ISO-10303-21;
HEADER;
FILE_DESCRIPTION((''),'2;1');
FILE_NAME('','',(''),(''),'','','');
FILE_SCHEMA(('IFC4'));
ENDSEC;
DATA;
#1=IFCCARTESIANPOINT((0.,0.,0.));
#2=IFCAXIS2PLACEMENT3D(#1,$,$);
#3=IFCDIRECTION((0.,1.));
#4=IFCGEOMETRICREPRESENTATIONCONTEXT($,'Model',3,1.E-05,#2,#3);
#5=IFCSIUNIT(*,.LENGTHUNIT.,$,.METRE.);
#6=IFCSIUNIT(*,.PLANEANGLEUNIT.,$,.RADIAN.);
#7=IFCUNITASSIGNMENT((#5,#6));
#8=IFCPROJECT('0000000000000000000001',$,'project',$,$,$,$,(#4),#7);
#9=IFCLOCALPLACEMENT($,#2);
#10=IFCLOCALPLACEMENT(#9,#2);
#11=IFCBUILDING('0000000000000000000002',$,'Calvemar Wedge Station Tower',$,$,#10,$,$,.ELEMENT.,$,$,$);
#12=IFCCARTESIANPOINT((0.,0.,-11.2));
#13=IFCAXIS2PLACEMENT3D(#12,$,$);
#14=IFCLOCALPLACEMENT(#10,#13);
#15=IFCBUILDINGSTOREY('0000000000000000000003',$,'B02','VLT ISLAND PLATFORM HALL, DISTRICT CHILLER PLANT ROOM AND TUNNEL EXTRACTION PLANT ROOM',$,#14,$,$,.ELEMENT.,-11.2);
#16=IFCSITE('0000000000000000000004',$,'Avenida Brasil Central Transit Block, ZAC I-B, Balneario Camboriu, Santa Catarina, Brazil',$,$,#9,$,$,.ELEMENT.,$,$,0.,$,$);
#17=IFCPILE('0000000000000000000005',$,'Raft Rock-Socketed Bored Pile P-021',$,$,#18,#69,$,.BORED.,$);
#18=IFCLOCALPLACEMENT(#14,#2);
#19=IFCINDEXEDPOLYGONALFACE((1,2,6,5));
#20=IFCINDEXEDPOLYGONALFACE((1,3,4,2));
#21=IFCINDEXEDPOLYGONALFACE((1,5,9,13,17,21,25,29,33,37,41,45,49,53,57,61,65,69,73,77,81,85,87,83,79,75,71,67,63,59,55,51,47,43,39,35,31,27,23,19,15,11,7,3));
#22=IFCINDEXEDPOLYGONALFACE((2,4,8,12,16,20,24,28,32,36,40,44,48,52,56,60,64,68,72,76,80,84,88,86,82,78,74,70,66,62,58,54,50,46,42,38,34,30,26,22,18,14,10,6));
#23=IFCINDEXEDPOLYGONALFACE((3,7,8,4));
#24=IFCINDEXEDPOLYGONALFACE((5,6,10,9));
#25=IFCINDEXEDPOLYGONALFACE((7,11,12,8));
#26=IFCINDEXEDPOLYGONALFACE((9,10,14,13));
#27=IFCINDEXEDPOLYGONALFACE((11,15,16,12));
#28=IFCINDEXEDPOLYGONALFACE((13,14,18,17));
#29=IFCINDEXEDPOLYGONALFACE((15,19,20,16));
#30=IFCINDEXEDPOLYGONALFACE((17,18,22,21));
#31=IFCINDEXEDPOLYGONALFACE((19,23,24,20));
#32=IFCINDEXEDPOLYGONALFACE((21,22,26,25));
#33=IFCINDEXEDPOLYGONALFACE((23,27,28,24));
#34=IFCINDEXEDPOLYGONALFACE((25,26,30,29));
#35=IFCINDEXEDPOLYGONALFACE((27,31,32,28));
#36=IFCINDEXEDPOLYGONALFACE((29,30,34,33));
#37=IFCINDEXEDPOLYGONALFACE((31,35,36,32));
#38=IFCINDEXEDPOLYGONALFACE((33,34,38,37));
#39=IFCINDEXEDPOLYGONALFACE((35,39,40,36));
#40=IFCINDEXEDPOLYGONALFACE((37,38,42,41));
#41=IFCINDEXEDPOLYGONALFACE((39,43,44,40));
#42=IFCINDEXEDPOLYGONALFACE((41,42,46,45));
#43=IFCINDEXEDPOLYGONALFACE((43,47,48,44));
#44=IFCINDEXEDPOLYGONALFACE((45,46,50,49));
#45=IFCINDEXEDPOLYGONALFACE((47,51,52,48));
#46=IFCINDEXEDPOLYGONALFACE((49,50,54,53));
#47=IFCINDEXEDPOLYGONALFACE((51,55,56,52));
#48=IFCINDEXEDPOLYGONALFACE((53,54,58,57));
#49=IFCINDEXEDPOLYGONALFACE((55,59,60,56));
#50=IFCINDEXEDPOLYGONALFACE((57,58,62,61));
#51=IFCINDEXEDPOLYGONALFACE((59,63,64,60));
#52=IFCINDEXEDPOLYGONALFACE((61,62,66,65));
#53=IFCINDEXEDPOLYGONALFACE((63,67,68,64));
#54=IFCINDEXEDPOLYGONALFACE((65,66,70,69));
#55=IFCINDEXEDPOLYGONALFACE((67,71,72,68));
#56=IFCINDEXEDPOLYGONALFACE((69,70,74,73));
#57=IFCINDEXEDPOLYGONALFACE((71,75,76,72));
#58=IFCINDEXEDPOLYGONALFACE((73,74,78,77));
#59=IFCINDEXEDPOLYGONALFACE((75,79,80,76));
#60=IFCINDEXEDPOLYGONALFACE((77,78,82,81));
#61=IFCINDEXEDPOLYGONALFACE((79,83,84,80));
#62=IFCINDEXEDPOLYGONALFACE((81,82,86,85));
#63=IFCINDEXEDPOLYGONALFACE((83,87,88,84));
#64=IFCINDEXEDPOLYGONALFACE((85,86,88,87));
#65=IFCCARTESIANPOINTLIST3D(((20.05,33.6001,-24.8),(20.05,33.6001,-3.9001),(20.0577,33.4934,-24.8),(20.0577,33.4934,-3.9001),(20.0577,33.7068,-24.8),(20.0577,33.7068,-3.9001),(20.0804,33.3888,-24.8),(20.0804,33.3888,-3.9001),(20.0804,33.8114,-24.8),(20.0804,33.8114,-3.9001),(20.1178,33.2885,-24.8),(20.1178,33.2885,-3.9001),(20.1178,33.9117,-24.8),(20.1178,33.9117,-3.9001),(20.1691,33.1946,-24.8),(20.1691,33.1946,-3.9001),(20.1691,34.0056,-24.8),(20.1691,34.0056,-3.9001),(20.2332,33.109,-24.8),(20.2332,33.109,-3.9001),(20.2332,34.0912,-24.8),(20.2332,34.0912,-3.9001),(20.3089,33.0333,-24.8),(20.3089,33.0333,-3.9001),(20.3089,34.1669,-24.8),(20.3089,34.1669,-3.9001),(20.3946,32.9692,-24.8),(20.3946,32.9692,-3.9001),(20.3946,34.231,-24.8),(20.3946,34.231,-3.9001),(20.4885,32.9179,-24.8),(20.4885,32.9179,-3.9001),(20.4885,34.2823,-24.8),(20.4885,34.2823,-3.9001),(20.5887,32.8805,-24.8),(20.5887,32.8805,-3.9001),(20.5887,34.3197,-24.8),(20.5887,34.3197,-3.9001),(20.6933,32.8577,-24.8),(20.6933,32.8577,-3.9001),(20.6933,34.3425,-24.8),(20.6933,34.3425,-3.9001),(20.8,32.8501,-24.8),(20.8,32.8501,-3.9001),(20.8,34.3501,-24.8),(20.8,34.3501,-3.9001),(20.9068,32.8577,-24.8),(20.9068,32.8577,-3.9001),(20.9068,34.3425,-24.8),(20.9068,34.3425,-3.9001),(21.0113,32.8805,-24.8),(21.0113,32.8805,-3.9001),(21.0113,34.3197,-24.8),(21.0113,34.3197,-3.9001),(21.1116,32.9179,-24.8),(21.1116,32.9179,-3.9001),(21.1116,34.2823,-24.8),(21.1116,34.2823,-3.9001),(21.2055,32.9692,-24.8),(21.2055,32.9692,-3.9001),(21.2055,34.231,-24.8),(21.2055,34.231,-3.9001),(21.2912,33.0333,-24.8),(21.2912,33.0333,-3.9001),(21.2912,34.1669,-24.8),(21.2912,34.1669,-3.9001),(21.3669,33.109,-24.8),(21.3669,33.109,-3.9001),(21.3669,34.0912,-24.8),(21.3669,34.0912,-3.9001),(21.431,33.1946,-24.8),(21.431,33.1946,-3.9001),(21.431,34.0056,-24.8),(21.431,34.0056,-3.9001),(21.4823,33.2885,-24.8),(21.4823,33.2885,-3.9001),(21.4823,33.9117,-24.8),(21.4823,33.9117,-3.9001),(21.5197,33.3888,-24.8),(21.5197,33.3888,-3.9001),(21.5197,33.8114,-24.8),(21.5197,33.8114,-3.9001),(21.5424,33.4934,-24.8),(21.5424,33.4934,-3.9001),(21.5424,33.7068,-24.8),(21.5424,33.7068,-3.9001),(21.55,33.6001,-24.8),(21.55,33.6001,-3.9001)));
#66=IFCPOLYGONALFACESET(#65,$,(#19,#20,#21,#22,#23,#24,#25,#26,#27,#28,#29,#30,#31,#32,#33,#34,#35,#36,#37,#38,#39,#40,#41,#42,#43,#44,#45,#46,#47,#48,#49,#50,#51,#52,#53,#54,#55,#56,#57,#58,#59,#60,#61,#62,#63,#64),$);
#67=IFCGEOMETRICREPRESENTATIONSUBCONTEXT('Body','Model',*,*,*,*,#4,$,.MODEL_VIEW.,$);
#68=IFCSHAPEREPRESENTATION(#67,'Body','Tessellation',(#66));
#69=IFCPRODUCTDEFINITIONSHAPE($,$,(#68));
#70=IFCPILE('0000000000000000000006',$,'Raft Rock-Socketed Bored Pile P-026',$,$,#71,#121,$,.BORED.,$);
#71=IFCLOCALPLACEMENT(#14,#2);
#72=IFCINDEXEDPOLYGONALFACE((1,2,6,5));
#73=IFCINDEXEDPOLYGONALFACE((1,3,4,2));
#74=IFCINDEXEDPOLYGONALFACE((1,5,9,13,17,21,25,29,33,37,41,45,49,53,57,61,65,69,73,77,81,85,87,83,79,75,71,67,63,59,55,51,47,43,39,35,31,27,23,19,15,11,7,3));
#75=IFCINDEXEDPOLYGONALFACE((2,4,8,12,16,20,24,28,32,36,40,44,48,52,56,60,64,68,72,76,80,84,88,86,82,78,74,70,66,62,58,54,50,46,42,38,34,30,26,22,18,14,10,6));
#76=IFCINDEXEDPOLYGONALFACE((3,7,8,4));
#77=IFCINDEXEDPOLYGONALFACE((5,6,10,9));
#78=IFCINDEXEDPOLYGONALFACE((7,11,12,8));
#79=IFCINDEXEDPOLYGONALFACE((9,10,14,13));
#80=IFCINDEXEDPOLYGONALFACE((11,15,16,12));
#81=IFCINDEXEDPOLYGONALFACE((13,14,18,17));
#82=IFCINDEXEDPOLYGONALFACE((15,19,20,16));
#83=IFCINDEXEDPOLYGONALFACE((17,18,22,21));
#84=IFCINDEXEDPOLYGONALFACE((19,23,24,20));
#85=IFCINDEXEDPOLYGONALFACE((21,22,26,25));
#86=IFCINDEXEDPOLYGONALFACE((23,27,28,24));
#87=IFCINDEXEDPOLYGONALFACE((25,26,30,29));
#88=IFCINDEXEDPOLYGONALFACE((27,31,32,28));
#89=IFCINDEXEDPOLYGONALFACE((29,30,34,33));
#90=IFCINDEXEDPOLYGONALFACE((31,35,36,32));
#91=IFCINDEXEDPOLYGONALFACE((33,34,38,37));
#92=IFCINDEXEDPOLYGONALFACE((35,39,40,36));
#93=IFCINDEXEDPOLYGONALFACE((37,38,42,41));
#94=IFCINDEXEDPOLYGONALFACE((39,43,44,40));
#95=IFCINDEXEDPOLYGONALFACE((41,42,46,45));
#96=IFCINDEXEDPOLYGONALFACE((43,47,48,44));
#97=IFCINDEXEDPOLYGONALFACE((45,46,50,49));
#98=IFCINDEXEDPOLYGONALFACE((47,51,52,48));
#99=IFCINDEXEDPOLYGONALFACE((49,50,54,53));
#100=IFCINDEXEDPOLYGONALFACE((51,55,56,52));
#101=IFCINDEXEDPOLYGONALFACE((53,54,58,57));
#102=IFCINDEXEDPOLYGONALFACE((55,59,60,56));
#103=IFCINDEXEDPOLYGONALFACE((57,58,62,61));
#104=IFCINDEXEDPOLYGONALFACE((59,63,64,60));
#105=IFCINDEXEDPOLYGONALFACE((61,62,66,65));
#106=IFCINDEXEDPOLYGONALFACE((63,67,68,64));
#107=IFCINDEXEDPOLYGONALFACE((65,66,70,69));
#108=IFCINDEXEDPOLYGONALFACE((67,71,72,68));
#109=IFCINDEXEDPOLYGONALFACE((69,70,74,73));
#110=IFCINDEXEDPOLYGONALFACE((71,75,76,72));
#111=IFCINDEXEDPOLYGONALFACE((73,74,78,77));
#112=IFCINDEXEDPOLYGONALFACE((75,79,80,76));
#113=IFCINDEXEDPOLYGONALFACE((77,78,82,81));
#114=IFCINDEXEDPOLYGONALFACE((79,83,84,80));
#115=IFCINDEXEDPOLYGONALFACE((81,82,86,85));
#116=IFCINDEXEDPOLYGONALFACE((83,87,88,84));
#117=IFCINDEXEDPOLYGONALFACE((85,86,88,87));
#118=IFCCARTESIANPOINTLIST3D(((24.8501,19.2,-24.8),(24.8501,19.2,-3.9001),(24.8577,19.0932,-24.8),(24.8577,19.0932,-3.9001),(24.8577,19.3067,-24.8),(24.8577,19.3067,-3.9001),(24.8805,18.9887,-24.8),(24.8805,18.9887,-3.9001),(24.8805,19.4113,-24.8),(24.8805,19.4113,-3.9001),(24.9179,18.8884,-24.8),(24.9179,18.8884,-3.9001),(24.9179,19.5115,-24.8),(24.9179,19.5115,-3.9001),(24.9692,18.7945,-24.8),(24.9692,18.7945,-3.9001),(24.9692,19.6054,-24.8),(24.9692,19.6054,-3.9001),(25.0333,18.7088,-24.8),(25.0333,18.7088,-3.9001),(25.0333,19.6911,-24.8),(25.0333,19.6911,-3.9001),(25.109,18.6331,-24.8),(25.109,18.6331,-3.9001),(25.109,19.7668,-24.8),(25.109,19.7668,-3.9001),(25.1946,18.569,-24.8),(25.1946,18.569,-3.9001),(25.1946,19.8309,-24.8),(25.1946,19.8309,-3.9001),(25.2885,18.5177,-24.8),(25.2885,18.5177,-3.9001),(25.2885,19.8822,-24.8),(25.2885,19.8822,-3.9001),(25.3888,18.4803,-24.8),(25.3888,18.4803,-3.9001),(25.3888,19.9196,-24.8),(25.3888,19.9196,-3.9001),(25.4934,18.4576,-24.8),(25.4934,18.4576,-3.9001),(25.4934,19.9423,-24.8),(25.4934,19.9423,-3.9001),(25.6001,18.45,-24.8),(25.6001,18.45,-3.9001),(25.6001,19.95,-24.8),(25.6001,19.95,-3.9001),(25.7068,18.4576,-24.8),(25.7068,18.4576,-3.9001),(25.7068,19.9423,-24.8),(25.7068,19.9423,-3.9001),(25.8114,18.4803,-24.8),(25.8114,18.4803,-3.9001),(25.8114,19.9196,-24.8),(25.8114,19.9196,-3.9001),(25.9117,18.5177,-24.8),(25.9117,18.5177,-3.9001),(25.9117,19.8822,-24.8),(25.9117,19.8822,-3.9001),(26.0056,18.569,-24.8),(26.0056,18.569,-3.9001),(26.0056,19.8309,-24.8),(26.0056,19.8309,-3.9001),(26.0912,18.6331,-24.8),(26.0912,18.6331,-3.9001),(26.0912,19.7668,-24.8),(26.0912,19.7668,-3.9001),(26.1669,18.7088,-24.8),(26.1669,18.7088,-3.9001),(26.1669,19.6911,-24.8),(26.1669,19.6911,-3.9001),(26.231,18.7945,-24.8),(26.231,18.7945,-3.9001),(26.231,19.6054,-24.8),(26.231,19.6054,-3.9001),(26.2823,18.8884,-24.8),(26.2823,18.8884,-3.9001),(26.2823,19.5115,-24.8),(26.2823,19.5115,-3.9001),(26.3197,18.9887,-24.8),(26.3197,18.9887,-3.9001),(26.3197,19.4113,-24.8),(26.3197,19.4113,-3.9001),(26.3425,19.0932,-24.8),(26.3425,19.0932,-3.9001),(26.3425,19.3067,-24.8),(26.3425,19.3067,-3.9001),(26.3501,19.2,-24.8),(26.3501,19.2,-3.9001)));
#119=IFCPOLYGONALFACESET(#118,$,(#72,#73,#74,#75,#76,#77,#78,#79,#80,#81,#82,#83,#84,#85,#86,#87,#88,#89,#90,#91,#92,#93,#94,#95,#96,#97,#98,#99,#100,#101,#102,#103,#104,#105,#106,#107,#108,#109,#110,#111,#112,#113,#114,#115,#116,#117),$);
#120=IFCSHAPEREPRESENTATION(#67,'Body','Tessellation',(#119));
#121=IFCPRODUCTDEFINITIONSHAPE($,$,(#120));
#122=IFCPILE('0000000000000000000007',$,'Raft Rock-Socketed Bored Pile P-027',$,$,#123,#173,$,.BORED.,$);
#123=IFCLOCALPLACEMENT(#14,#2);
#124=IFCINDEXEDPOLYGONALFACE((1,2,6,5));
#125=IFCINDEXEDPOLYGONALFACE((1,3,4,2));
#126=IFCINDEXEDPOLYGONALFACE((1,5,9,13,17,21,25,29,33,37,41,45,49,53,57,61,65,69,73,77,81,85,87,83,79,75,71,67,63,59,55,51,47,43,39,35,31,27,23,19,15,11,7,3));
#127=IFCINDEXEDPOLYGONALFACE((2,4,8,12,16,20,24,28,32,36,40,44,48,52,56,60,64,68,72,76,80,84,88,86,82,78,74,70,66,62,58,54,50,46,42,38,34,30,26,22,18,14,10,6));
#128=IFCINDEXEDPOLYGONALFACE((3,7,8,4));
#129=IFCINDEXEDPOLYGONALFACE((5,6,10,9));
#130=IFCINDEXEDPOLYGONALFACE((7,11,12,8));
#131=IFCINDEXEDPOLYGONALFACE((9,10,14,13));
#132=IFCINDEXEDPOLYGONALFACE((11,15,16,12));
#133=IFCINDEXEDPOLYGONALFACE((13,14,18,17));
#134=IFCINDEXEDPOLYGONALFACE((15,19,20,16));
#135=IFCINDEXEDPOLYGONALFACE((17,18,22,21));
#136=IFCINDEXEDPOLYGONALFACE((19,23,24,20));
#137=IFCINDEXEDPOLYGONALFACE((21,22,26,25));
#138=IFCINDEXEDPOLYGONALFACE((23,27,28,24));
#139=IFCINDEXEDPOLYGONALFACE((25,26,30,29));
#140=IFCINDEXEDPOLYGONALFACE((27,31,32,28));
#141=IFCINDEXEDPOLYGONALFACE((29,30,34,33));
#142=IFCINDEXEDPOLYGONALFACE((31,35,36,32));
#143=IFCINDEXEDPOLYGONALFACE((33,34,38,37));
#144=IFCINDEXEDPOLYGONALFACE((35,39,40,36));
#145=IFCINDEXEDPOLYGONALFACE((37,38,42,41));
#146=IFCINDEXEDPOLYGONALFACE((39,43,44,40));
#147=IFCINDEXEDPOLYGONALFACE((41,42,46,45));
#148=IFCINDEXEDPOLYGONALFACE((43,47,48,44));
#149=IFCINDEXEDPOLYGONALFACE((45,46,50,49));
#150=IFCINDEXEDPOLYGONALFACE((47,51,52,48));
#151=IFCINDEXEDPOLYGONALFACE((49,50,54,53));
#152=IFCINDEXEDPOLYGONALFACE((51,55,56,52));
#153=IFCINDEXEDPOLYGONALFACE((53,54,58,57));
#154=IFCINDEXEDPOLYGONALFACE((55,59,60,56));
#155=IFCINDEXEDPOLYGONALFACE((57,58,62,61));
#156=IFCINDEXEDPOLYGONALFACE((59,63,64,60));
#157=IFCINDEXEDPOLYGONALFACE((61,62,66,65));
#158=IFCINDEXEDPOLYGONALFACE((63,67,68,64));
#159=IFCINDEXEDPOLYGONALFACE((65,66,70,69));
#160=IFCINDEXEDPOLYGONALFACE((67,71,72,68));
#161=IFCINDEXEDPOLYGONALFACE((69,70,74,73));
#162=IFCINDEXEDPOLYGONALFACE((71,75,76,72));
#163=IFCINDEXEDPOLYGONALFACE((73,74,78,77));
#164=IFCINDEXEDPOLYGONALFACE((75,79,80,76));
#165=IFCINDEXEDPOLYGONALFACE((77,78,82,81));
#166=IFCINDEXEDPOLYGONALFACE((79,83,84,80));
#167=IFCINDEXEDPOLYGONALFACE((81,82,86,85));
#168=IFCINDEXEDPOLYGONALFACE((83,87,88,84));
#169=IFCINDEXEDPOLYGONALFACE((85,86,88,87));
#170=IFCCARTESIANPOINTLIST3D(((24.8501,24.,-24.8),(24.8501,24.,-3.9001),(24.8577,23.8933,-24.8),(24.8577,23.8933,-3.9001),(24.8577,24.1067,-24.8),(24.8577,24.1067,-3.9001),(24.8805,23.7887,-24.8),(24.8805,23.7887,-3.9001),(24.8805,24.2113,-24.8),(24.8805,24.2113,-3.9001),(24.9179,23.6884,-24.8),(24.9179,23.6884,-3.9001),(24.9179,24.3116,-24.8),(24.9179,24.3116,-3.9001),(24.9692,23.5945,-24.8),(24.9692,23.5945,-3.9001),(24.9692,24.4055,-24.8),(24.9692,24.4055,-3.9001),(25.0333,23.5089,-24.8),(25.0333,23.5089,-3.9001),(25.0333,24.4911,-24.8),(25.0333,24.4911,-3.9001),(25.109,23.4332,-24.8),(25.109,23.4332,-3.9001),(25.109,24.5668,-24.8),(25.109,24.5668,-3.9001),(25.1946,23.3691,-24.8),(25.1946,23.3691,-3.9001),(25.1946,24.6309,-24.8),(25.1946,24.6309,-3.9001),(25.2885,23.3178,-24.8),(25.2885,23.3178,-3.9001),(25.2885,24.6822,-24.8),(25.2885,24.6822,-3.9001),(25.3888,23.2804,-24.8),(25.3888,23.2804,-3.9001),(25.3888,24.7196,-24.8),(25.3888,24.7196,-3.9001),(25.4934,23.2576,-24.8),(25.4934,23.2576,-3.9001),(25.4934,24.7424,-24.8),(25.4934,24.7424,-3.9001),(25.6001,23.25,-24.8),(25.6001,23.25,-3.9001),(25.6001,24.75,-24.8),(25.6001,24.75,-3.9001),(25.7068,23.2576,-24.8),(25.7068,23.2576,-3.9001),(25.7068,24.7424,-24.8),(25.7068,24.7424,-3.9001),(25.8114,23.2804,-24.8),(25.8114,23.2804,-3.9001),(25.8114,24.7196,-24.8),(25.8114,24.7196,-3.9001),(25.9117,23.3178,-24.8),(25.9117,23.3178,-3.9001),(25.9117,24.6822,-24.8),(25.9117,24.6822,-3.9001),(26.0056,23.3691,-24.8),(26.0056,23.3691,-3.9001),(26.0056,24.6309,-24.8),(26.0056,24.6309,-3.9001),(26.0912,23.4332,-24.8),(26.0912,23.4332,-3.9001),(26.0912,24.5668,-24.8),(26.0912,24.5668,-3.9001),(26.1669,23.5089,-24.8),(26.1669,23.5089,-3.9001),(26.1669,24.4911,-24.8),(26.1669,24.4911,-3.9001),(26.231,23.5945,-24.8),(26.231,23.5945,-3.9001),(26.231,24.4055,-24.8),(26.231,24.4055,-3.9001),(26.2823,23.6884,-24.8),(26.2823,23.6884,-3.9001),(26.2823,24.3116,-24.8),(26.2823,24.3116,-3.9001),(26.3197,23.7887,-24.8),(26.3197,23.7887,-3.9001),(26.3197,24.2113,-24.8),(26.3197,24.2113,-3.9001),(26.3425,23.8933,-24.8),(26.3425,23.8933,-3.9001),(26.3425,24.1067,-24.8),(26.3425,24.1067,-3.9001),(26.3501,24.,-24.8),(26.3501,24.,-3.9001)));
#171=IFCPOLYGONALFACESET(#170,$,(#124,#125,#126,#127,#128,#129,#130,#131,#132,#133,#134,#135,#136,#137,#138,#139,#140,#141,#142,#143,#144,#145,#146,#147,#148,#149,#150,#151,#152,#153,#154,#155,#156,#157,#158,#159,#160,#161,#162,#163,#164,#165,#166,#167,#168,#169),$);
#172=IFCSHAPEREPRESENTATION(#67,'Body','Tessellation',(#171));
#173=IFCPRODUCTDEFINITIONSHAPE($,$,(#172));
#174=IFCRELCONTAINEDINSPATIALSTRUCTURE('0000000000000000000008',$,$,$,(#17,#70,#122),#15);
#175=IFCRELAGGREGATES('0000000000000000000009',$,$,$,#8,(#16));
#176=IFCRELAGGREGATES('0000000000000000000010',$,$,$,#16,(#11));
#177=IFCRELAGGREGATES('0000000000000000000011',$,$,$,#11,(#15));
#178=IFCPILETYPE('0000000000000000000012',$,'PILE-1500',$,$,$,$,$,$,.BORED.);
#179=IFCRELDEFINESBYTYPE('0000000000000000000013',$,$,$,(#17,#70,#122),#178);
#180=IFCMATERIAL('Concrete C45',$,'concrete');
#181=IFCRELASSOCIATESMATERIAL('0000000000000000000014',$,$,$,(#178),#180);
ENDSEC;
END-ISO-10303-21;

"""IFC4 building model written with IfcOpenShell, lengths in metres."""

from ifc_helpers import new_model, si_unit, direction, frame, origin, origin_2d, place, context, subcontext, project, spatial, circle, extrude, material, material_profile, profile_set, type_object, element, save


model = new_model("IFC4")

# Units and contexts
model_context = context("Model", 3, precision=1e-05, world=origin(), true_north=direction((0.0, 1.0)))
body_context = subcontext(model_context, "Body", "Model", "MODEL_VIEW")
ifc_project = project(units=[si_unit("LENGTHUNIT", "METRE"), si_unit("PLANEANGLEUNIT", "RADIAN")], contexts=[model_context])

# Site, building, storey
site_placement = place(None, origin())
site = spatial("IfcSite", under=ifc_project, at=site_placement, Name="Avenida Brasil Central Transit Block, ZAC I-B, Balneario Camboriu, Santa Catarina, Brazil", CompositionType="ELEMENT", RefElevation=0.0)
building_placement = place(site_placement, origin())
building = spatial("IfcBuilding", under=site, at=building_placement, Name="Calvemar Wedge Station Tower", CompositionType="ELEMENT")
storey_placement = place(building_placement, frame((0.0, 0.0, -11.2)))
storey = spatial("IfcBuildingStorey", under=building, at=storey_placement, Name="B02", Description="VLT ISLAND PLATFORM HALL, DISTRICT CHILLER PLANT ROOM AND TUNNEL EXTRACTION PLANT ROOM", CompositionType="ELEMENT", Elevation=-11.2)

# Piles
ifc_material_1 = material(Name="Concrete C45", Category="concrete")
ifc_material_profile_1 = material_profile(ifc_material_1, circle(Radius=0.75, at=origin_2d()), Name="PILE-D1500")
ifc_profile_set_1 = profile_set([ifc_material_profile_1], Name="Concrete C45")
pile_type = type_object("IfcPileType", Name="PILE-1500", PredefinedType="BORED", material=ifc_profile_set_1)
for number, where, z_axis, x_axis, name in (
    (1, (20.8, 33.6001, -3.9001), (0.0, 0.0, -1.0), (1.0, 0.0, 0.0), "Raft Rock-Socketed Bored Pile P-021"),
    (2, (25.6001, 19.2, -3.9001), (0.0, 0.0, -1.0), (1.0, 0.0, 0.0), "Raft Rock-Socketed Bored Pile P-026"),
    (3, (25.6001, 24.0, -3.9001), (0.0, 0.0, -1.0), (1.0, 0.0, 0.0), "Raft Rock-Socketed Bored Pile P-027"),
):
    element("IfcPile", number, at=place(storey_placement, frame(where, z_axis=z_axis, x_axis=x_axis)), inside=storey, type_object=pile_type, Name=name, PredefinedType="BORED", context=body_context, shape_type="SweptSolid", body=[
        extrude(circle(Radius=0.75, at=origin_2d()), origin(), (0.0, 0.0, 1.0), 20.8999),
    ])

save(model, "model.ifc")
